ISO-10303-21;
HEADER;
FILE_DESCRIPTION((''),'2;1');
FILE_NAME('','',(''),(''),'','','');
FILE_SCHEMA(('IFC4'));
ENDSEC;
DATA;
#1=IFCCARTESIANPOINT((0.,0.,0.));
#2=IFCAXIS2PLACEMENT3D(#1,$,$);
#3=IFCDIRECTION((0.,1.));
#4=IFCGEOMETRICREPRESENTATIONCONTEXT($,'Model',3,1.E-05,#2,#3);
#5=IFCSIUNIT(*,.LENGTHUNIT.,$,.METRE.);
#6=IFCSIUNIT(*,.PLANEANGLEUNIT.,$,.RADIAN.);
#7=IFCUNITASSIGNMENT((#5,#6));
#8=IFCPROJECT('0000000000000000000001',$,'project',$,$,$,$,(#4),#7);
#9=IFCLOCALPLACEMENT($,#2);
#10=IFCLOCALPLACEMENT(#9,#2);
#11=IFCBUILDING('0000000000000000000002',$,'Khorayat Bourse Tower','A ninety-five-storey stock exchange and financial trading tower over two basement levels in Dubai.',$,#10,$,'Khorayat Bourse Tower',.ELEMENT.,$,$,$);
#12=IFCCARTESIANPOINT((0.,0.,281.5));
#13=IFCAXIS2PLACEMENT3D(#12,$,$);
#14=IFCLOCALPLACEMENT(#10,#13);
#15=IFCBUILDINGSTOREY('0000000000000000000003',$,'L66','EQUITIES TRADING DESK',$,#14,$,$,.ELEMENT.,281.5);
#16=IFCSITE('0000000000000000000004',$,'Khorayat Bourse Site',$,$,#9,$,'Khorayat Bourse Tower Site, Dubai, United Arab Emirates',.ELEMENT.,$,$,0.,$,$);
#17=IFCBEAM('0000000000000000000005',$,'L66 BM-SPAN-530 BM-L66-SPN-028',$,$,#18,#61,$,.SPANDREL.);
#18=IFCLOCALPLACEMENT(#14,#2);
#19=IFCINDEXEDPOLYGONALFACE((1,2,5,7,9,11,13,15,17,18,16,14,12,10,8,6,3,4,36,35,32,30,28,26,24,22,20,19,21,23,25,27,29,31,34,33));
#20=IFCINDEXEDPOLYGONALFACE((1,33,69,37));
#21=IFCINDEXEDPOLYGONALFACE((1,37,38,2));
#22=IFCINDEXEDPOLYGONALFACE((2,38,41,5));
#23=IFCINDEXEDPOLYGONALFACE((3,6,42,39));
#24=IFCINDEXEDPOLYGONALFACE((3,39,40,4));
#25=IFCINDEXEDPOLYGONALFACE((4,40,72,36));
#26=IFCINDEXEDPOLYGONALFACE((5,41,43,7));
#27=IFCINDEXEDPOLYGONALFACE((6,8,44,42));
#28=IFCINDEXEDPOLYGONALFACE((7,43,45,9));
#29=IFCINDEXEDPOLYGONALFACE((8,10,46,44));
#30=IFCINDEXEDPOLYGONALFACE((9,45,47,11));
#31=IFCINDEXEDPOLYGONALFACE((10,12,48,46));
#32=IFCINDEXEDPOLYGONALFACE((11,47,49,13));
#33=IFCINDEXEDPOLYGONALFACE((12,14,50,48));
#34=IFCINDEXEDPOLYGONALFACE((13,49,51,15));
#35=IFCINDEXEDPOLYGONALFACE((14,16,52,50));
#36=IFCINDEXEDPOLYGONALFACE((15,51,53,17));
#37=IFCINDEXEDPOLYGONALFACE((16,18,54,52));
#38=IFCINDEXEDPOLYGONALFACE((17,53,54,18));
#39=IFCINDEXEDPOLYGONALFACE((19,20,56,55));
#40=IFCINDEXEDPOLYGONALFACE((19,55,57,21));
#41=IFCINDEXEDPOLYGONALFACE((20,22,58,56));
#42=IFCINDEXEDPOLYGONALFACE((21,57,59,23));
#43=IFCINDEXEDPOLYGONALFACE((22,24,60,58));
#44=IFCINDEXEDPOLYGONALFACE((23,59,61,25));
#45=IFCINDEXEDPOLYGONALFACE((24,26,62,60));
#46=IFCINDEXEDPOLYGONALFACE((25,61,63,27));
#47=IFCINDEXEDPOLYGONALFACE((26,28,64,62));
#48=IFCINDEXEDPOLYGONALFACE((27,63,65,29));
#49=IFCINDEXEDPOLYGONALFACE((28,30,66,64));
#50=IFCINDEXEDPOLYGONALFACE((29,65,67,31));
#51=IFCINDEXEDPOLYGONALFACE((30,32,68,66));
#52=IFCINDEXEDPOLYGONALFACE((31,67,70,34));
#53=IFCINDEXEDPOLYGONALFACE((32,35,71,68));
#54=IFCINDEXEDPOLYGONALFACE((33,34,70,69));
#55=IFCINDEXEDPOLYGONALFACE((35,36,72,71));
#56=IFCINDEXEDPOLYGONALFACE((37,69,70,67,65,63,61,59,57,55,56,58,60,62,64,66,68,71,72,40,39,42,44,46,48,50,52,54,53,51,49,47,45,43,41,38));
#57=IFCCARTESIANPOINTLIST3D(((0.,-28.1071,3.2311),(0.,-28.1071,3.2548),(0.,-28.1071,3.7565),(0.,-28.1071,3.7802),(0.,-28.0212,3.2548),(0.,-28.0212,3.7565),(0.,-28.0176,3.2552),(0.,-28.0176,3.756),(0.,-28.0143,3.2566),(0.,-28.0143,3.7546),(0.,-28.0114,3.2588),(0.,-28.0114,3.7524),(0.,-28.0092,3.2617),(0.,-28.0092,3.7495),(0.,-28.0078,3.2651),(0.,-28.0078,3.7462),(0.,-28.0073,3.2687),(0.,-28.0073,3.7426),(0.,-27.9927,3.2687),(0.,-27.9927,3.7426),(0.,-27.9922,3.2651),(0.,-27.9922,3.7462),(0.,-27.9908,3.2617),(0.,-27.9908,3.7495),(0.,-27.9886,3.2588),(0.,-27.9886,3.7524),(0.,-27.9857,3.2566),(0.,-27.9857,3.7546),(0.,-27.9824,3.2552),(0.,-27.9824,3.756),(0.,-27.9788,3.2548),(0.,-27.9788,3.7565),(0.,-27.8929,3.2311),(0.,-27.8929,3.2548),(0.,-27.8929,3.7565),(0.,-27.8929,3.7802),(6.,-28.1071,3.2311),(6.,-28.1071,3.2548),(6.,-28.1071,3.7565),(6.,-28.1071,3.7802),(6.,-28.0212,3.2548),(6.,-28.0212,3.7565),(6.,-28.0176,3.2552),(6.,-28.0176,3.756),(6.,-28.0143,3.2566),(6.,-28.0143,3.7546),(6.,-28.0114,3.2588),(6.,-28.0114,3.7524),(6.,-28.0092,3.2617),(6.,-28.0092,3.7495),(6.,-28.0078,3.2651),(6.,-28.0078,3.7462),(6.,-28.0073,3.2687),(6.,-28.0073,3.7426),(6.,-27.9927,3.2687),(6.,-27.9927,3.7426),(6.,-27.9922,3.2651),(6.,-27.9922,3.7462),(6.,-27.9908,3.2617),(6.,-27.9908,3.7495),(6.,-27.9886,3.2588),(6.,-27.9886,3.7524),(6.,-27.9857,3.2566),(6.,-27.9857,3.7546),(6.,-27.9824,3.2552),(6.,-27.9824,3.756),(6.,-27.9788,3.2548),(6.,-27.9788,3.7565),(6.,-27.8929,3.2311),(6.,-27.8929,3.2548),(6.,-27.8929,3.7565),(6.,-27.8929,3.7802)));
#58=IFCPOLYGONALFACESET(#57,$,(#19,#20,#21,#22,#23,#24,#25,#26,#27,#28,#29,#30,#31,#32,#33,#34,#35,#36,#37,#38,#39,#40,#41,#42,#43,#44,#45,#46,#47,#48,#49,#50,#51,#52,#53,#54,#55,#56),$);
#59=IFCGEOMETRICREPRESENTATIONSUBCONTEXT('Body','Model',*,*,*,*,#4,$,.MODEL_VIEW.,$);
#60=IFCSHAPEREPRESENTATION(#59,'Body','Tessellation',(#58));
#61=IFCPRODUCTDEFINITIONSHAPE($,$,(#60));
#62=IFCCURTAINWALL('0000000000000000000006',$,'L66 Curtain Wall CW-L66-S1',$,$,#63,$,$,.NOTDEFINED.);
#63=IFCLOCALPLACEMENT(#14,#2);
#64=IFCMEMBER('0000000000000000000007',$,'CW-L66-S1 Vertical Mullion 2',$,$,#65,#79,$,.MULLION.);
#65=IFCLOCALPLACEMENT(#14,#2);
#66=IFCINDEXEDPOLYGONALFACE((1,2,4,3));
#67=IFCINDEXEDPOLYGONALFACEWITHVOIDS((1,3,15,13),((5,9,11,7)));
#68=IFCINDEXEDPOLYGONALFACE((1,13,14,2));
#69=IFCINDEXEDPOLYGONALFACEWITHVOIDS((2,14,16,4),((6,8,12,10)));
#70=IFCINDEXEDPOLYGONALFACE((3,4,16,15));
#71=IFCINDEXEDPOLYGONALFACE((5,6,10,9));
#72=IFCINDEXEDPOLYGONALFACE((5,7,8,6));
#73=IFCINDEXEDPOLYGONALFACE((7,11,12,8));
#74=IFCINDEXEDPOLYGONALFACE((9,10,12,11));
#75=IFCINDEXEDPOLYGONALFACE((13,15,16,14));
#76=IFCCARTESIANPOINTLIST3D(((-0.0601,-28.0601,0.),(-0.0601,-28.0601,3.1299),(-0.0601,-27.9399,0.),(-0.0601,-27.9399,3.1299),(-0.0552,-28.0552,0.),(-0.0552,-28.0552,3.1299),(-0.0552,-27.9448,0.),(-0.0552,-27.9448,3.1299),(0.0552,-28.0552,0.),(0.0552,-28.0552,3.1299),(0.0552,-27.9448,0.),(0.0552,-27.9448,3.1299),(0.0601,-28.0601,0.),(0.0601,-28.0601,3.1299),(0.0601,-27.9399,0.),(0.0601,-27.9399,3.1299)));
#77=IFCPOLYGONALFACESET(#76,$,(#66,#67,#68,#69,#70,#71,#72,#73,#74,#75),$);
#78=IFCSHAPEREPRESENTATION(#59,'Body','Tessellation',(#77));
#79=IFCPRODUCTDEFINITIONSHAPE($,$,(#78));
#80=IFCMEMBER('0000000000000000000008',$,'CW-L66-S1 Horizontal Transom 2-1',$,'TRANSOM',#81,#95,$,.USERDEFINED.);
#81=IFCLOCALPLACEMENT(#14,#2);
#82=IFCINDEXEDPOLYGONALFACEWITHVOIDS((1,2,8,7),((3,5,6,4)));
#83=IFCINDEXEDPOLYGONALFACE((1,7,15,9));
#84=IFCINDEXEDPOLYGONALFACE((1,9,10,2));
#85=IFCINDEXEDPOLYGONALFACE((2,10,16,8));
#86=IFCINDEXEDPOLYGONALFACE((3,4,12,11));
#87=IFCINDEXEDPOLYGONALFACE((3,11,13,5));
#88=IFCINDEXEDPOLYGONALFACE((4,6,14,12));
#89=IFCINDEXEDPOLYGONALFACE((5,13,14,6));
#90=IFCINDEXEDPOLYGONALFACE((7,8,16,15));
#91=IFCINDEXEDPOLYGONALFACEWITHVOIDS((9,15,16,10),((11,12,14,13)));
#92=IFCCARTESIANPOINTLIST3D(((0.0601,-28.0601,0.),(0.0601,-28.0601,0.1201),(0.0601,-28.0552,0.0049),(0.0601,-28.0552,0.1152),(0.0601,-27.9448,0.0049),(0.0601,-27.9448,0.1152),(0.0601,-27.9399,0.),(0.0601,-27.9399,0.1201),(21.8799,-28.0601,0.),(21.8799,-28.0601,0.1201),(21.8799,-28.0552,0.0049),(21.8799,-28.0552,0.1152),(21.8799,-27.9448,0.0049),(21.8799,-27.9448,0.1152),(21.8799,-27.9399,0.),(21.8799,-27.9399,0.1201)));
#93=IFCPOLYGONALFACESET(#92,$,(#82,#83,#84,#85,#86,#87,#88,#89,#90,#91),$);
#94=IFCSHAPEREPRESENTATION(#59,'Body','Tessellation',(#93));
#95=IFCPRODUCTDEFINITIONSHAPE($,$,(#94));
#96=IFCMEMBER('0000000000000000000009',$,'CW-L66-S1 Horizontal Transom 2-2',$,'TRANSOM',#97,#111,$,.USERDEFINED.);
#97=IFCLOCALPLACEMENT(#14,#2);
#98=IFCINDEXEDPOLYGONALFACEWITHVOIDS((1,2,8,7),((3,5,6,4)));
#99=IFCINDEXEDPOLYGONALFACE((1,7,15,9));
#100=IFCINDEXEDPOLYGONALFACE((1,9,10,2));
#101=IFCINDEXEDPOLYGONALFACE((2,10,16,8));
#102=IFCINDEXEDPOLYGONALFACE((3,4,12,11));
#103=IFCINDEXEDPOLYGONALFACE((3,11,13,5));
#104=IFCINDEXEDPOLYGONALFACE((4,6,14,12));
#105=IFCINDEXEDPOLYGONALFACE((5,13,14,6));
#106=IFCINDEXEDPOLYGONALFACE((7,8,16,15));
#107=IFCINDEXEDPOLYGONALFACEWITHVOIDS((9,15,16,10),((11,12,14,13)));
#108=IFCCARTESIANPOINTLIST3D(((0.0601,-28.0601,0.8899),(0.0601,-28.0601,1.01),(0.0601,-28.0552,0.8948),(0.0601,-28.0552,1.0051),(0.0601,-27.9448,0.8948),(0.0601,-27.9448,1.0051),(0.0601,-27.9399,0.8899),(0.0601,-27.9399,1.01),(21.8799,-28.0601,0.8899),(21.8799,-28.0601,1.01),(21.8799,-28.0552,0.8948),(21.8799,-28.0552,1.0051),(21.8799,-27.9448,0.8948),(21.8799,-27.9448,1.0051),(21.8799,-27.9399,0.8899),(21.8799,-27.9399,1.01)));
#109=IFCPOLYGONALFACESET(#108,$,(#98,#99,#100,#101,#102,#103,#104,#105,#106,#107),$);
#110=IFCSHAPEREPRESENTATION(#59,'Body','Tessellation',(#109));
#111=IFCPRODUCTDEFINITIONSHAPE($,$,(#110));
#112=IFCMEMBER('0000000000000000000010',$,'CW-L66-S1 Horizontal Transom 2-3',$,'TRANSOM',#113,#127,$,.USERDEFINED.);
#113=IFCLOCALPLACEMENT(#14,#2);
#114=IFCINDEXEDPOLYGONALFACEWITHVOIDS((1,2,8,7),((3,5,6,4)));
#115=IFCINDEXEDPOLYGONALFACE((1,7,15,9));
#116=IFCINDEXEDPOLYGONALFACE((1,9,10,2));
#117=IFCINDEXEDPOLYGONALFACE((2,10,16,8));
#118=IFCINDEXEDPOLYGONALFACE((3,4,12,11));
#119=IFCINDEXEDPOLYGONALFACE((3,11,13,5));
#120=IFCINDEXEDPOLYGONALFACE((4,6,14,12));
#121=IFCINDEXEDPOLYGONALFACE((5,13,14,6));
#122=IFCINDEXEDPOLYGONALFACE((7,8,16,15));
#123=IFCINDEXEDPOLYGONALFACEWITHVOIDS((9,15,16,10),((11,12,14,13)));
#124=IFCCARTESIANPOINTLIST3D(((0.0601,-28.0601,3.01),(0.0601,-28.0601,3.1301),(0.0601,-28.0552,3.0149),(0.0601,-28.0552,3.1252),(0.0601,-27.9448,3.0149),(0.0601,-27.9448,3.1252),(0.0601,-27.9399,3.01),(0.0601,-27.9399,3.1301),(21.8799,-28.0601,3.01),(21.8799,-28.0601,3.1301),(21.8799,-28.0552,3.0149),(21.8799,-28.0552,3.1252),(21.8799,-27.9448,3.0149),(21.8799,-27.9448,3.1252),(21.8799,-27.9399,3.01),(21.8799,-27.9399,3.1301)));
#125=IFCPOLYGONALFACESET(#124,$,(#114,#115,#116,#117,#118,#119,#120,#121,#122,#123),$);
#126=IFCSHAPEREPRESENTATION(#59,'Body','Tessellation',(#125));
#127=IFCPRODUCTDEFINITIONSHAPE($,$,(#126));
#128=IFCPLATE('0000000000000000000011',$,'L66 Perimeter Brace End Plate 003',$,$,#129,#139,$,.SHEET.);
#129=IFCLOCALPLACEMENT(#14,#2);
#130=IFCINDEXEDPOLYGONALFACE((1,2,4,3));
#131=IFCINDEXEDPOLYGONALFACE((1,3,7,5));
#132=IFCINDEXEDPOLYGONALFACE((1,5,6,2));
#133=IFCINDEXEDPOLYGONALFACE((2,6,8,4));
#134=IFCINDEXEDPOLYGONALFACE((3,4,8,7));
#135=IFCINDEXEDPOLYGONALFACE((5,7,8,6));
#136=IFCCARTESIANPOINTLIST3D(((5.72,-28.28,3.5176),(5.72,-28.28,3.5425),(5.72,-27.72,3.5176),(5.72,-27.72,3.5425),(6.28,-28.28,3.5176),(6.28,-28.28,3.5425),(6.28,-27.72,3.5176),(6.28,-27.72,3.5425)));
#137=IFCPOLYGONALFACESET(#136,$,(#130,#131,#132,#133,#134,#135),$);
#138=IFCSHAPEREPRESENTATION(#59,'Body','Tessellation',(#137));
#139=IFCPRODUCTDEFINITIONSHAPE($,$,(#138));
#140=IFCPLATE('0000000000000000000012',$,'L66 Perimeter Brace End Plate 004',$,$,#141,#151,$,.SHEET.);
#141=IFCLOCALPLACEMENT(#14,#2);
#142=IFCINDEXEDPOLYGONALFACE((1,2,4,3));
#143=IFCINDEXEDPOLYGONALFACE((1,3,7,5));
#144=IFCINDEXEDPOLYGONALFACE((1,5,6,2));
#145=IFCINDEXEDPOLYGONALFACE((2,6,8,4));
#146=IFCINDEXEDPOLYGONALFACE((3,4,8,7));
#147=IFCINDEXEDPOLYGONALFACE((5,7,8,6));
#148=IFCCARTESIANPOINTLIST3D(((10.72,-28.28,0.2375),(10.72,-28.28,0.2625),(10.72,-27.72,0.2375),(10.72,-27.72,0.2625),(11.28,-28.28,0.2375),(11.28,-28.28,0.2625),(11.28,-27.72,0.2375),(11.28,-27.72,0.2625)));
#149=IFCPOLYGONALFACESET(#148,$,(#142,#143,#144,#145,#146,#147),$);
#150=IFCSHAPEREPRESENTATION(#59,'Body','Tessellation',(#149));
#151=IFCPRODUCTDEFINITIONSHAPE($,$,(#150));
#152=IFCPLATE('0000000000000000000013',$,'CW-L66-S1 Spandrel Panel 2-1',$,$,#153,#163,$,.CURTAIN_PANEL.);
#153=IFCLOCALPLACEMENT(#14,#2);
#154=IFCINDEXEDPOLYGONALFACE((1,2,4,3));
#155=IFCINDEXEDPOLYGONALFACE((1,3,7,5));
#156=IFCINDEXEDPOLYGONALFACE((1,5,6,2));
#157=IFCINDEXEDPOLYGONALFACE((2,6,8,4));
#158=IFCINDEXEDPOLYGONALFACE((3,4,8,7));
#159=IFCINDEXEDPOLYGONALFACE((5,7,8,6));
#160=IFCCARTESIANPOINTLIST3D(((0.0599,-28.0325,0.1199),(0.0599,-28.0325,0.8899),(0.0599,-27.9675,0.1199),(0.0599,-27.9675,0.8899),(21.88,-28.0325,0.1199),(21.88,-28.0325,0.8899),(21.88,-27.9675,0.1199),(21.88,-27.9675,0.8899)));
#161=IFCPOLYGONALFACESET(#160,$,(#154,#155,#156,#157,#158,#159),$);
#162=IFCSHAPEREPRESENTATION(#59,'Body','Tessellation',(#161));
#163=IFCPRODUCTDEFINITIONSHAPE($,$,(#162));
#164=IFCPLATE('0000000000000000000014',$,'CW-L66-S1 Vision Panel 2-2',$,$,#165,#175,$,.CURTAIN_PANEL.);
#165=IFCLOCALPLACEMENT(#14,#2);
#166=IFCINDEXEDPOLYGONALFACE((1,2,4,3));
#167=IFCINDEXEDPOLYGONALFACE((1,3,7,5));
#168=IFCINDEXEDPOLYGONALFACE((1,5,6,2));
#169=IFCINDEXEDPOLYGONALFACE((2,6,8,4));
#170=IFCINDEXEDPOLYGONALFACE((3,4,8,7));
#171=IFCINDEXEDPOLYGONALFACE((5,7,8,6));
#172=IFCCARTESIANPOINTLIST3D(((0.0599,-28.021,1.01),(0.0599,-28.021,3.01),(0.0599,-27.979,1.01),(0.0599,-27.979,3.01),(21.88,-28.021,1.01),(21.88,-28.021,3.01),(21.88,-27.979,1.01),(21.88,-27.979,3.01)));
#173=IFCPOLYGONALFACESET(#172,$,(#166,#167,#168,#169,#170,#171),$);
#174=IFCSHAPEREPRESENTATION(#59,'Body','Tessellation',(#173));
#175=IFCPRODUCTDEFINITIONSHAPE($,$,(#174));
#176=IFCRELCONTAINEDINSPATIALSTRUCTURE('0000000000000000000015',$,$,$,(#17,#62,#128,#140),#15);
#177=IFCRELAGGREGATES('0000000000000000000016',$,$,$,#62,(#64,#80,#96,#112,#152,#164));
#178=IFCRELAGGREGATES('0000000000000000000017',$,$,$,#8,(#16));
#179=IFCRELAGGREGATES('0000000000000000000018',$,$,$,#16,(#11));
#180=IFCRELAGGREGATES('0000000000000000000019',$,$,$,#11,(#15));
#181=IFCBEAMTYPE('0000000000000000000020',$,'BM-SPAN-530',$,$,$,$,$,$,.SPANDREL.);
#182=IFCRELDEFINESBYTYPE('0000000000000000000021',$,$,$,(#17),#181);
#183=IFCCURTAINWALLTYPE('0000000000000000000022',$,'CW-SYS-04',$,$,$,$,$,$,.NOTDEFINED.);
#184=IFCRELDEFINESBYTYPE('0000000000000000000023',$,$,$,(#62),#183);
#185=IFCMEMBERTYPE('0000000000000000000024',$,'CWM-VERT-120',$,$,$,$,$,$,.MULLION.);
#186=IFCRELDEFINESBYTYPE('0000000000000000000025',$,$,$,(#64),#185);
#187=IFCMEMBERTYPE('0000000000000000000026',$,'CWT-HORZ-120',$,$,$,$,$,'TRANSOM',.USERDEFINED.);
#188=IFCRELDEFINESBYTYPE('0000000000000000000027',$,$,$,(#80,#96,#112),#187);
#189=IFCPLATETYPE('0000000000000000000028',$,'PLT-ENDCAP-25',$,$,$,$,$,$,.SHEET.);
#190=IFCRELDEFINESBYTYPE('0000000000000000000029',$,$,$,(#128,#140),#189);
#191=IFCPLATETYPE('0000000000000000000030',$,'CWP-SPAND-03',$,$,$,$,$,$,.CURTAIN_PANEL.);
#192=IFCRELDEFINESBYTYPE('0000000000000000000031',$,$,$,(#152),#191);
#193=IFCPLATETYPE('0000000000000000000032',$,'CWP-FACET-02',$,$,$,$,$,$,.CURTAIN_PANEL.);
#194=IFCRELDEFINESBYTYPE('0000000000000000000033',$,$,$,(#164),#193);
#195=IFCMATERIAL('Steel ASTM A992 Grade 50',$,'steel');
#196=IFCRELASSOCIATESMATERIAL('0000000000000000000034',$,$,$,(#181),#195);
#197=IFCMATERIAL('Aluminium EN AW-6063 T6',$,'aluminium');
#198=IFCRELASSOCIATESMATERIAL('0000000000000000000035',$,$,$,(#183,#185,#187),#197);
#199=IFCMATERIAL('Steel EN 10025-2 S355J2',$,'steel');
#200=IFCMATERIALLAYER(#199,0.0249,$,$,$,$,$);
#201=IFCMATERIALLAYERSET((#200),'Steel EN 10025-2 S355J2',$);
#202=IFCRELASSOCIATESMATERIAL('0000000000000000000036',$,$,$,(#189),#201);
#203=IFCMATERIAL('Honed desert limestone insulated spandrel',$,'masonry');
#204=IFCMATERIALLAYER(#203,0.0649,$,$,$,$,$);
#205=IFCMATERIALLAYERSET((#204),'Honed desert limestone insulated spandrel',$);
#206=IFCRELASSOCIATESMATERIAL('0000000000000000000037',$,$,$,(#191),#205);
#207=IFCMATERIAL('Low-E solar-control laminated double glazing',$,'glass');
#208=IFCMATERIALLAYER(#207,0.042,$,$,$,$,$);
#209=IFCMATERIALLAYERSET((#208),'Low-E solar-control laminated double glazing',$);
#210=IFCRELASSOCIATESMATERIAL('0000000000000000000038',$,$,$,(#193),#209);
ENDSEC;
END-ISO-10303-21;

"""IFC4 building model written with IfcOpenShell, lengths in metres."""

from ifc_helpers import new_model, si_unit, direction, frame, origin, origin_2d, place, context, subcontext, project, spatial, rectangle, hollow_rectangle, i_section, extrude, source, transform, mapped, material, layer, layer_set, material_profile, profile_set, type_object, element, aggregate, save


model = new_model("IFC4")

# Units and contexts
model_context = context("Model", 3, precision=1e-05, world=origin(), true_north=direction((0.0, 1.0)))
body_context = subcontext(model_context, "Body", "Model", "MODEL_VIEW")
ifc_project = project(units=[si_unit("LENGTHUNIT", "METRE"), si_unit("PLANEANGLEUNIT", "RADIAN")], contexts=[model_context])

# Site, building, storey
site_placement = place(None, origin())
site = spatial("IfcSite", under=ifc_project, at=site_placement, Name="Khorayat Bourse Site", LongName="Khorayat Bourse Tower Site, Dubai, United Arab Emirates", CompositionType="ELEMENT", RefElevation=0.0)
building_placement = place(site_placement, origin())
building = spatial("IfcBuilding", under=site, at=building_placement, Name="Khorayat Bourse Tower", Description="A ninety-five-storey stock exchange and financial trading tower over two basement levels in Dubai.", LongName="Khorayat Bourse Tower", CompositionType="ELEMENT")
storey_placement = place(building_placement, frame((0.0, 0.0, 281.5)))
storey = spatial("IfcBuildingStorey", under=building, at=storey_placement, Name="L66", Description="EQUITIES TRADING DESK", CompositionType="ELEMENT", Elevation=281.5)

# Shared definitions
ifc_material_1 = material(Name="Steel ASTM A992 Grade 50", Category="steel")

# Beam
ifc_material_profile_1 = material_profile(ifc_material_1, i_section(OverallWidth=0.2141, OverallDepth=0.5491, WebThickness=0.0146, FlangeThickness=0.0237, FilletRadius=0.0139, at=origin_2d()), Name="W530X138")
ifc_profile_set_1 = profile_set([ifc_material_profile_1], Name="Steel ASTM A992 Grade 50")
beam_type_1 = type_object("IfcBeamType", Name="BM-SPAN-530", PredefinedType="SPANDREL", material=ifc_profile_set_1)
shared_shape_1 = source(origin(), body_context, "Body", "SweptSolid", [
    extrude(i_section(OverallWidth=0.2141, OverallDepth=0.5491, WebThickness=0.0146, FlangeThickness=0.0237, FilletRadius=0.0139, at=origin_2d()), origin(), (0.0, 0.0, 1.0), 6.0),
])
beam_1_placement = place(storey_placement, frame((0.0, -28.0, 3.5056), z_axis=(1.0, 0.0, 0.0), x_axis=(0.0, 1.0, 0.0)))
element("IfcBeam", 1, at=beam_1_placement, inside=storey, type_object=beam_type_1, Name="L66 BM-SPAN-530 BM-L66-SPN-028", PredefinedType="SPANDREL", context=body_context, shape_type="MappedRepresentation", body=[
    mapped(shared_shape_1, transform((0.0, 0.0, 0.0), scale=1.0)),
])

# Curtain wall, members
ifc_material_2 = material(Name="Aluminium EN AW-6063 T6", Category="aluminium")
curtain_wall_type = type_object("IfcCurtainWallType", Name="CW-SYS-04", PredefinedType="NOTDEFINED", material=ifc_material_2)
curtain_wall_placement = place(storey_placement, origin())
curtain_wall = element("IfcCurtainWall", 2, at=curtain_wall_placement, inside=storey, type_object=curtain_wall_type, Name="L66 Curtain Wall CW-L66-S1", PredefinedType="NOTDEFINED")
ifc_material_profile_2 = material_profile(ifc_material_2, hollow_rectangle(XDim=0.1201, YDim=0.1201, WallThickness=0.0049, at=origin_2d()), Name="ALU 120x120x5")
ifc_profile_set_2 = profile_set([ifc_material_profile_2], Name="Aluminium EN AW-6063 T6")
member_type_1 = type_object("IfcMemberType", Name="CWM-VERT-120", PredefinedType="MULLION", material=ifc_profile_set_2)
shared_shape_2 = source(origin(), body_context, "Body", "SweptSolid", [
    extrude(hollow_rectangle(XDim=0.1201, YDim=0.1201, WallThickness=0.0049, at=origin_2d()), origin(), (0.0, 0.0, 1.0), 3.1299),
])
member_1_placement = place(storey_placement, frame((0.0, -28.0, 0.0), z_axis=(0.0, 0.0, 1.0), x_axis=(0.0, 1.0, 0.0)))
member_1 = element("IfcMember", 3, at=member_1_placement, type_object=member_type_1, Name="CW-L66-S1 Vertical Mullion 2", PredefinedType="MULLION", context=body_context, shape_type="MappedRepresentation", body=[
    mapped(shared_shape_2, transform((0.0, 0.0, 0.0), scale=1.0)),
])
ifc_material_profile_3 = material_profile(ifc_material_2, hollow_rectangle(XDim=0.1201, YDim=0.1201, WallThickness=0.0049, at=origin_2d()), Name="ALU 120x120x5")
ifc_profile_set_3 = profile_set([ifc_material_profile_3], Name="Aluminium EN AW-6063 T6")
member_type_2 = type_object("IfcMemberType", Name="CWT-HORZ-120", ElementType="TRANSOM", PredefinedType="USERDEFINED", material=ifc_profile_set_3)
shared_shape_3 = source(origin(), body_context, "Body", "SweptSolid", [
    extrude(hollow_rectangle(XDim=0.1201, YDim=0.1201, WallThickness=0.0049, at=origin_2d()), origin(), (0.0, 0.0, 1.0), 21.8198),
])
member_2_placement = place(storey_placement, frame((0.0601, -28.0, 0.0601), z_axis=(1.0, 0.0, 0.0), x_axis=(0.0, 1.0, 0.0)))
member_2 = element("IfcMember", 4, at=member_2_placement, type_object=member_type_2, Name="CW-L66-S1 Horizontal Transom 2-1", ObjectType="TRANSOM", PredefinedType="USERDEFINED", context=body_context, shape_type="MappedRepresentation", body=[
    mapped(shared_shape_3, transform((0.0, 0.0, 0.0), scale=1.0)),
])
member_3_placement = place(storey_placement, frame((0.0601, -28.0, 0.95), z_axis=(1.0, 0.0, 0.0), x_axis=(0.0, 1.0, 0.0)))
member_3 = element("IfcMember", 5, at=member_3_placement, type_object=member_type_2, Name="CW-L66-S1 Horizontal Transom 2-2", ObjectType="TRANSOM", PredefinedType="USERDEFINED", context=body_context, shape_type="MappedRepresentation", body=[
    mapped(shared_shape_3, transform((0.0, 0.0, 0.0), scale=1.0)),
])
member_4_placement = place(storey_placement, frame((0.0601, -28.0, 3.0701), z_axis=(1.0, 0.0, 0.0), x_axis=(0.0, 1.0, 0.0)))
member_4 = element("IfcMember", 6, at=member_4_placement, type_object=member_type_2, Name="CW-L66-S1 Horizontal Transom 2-3", ObjectType="TRANSOM", PredefinedType="USERDEFINED", context=body_context, shape_type="MappedRepresentation", body=[
    mapped(shared_shape_3, transform((0.0, 0.0, 0.0), scale=1.0)),
])

# Plates
ifc_material_3 = material(Name="Steel EN 10025-2 S355J2", Category="steel")
ifc_layer_1 = layer(ifc_material_3, 0.0249)
ifc_layer_set_1 = layer_set([ifc_layer_1], Name="Steel EN 10025-2 S355J2")
plate_type_1 = type_object("IfcPlateType", Name="PLT-ENDCAP-25", PredefinedType="SHEET", material=ifc_layer_set_1)
shared_shape_4 = source(origin(), body_context, "Body", "SweptSolid", [
    extrude(rectangle(XDim=0.5601, YDim=0.5601, at=origin_2d()), origin(), (0.0, 0.0, 1.0), 0.0249),
])
for number, where, z_axis, x_axis, name in (
    (7, (6.0, -28.0, 3.5176), (0.0, 0.0, 1.0), (1.0, 0.0, 0.0), "L66 Perimeter Brace End Plate 003"),
    (8, (11.0, -28.0, 0.2375), (0.0, 0.0, 1.0), (1.0, 0.0, 0.0), "L66 Perimeter Brace End Plate 004"),
):
    element("IfcPlate", number, at=place(storey_placement, frame(where, z_axis=z_axis, x_axis=x_axis)), inside=storey, type_object=plate_type_1, Name=name, PredefinedType="SHEET", context=body_context, shape_type="MappedRepresentation", body=[
        mapped(shared_shape_4, transform((0.0, 0.0, 0.0), scale=1.0)),
    ])

# Plates
ifc_material_4 = material(Name="Honed desert limestone insulated spandrel", Category="masonry")
ifc_layer_2 = layer(ifc_material_4, 0.0649)
ifc_layer_set_2 = layer_set([ifc_layer_2], Name="Honed desert limestone insulated spandrel")
plate_type_2 = type_object("IfcPlateType", Name="CWP-SPAND-03", PredefinedType="CURTAIN_PANEL", material=ifc_layer_set_2)
shared_shape_5 = source(origin(), body_context, "Body", "SweptSolid", [
    extrude(rectangle(XDim=21.8201, YDim=0.0649, at=origin_2d()), origin(), (0.0, 0.0, 1.0), 0.77),
])
plate_1_placement = place(storey_placement, frame((10.97, -28.0, 0.1199), z_axis=(0.0, 0.0, 1.0), x_axis=(1.0, 0.0, 0.0)))
plate_1 = element("IfcPlate", 9, at=plate_1_placement, type_object=plate_type_2, Name="CW-L66-S1 Spandrel Panel 2-1", PredefinedType="CURTAIN_PANEL", context=body_context, shape_type="MappedRepresentation", body=[
    mapped(shared_shape_5, transform((0.0, 0.0, 0.0), scale=1.0)),
])
ifc_material_5 = material(Name="Low-E solar-control laminated double glazing", Category="glass")
ifc_layer_3 = layer(ifc_material_5, 0.042)
ifc_layer_set_3 = layer_set([ifc_layer_3], Name="Low-E solar-control laminated double glazing")
plate_type_3 = type_object("IfcPlateType", Name="CWP-FACET-02", PredefinedType="CURTAIN_PANEL", material=ifc_layer_set_3)
shared_shape_6 = source(origin(), body_context, "Body", "SweptSolid", [
    extrude(rectangle(XDim=21.8201, YDim=0.042, at=origin_2d()), origin(), (0.0, 0.0, 1.0), 2.0),
])
plate_2_placement = place(storey_placement, frame((10.97, -28.0, 1.01), z_axis=(0.0, 0.0, 1.0), x_axis=(1.0, 0.0, 0.0)))
plate_2 = element("IfcPlate", 10, at=plate_2_placement, type_object=plate_type_3, Name="CW-L66-S1 Vision Panel 2-2", PredefinedType="CURTAIN_PANEL", context=body_context, shape_type="MappedRepresentation", body=[
    mapped(shared_shape_6, transform((0.0, 0.0, 0.0), scale=1.0)),
])
aggregate(curtain_wall, [member_1, member_2, member_3, member_4, plate_1, plate_2])

save(model, "model.ifc")
